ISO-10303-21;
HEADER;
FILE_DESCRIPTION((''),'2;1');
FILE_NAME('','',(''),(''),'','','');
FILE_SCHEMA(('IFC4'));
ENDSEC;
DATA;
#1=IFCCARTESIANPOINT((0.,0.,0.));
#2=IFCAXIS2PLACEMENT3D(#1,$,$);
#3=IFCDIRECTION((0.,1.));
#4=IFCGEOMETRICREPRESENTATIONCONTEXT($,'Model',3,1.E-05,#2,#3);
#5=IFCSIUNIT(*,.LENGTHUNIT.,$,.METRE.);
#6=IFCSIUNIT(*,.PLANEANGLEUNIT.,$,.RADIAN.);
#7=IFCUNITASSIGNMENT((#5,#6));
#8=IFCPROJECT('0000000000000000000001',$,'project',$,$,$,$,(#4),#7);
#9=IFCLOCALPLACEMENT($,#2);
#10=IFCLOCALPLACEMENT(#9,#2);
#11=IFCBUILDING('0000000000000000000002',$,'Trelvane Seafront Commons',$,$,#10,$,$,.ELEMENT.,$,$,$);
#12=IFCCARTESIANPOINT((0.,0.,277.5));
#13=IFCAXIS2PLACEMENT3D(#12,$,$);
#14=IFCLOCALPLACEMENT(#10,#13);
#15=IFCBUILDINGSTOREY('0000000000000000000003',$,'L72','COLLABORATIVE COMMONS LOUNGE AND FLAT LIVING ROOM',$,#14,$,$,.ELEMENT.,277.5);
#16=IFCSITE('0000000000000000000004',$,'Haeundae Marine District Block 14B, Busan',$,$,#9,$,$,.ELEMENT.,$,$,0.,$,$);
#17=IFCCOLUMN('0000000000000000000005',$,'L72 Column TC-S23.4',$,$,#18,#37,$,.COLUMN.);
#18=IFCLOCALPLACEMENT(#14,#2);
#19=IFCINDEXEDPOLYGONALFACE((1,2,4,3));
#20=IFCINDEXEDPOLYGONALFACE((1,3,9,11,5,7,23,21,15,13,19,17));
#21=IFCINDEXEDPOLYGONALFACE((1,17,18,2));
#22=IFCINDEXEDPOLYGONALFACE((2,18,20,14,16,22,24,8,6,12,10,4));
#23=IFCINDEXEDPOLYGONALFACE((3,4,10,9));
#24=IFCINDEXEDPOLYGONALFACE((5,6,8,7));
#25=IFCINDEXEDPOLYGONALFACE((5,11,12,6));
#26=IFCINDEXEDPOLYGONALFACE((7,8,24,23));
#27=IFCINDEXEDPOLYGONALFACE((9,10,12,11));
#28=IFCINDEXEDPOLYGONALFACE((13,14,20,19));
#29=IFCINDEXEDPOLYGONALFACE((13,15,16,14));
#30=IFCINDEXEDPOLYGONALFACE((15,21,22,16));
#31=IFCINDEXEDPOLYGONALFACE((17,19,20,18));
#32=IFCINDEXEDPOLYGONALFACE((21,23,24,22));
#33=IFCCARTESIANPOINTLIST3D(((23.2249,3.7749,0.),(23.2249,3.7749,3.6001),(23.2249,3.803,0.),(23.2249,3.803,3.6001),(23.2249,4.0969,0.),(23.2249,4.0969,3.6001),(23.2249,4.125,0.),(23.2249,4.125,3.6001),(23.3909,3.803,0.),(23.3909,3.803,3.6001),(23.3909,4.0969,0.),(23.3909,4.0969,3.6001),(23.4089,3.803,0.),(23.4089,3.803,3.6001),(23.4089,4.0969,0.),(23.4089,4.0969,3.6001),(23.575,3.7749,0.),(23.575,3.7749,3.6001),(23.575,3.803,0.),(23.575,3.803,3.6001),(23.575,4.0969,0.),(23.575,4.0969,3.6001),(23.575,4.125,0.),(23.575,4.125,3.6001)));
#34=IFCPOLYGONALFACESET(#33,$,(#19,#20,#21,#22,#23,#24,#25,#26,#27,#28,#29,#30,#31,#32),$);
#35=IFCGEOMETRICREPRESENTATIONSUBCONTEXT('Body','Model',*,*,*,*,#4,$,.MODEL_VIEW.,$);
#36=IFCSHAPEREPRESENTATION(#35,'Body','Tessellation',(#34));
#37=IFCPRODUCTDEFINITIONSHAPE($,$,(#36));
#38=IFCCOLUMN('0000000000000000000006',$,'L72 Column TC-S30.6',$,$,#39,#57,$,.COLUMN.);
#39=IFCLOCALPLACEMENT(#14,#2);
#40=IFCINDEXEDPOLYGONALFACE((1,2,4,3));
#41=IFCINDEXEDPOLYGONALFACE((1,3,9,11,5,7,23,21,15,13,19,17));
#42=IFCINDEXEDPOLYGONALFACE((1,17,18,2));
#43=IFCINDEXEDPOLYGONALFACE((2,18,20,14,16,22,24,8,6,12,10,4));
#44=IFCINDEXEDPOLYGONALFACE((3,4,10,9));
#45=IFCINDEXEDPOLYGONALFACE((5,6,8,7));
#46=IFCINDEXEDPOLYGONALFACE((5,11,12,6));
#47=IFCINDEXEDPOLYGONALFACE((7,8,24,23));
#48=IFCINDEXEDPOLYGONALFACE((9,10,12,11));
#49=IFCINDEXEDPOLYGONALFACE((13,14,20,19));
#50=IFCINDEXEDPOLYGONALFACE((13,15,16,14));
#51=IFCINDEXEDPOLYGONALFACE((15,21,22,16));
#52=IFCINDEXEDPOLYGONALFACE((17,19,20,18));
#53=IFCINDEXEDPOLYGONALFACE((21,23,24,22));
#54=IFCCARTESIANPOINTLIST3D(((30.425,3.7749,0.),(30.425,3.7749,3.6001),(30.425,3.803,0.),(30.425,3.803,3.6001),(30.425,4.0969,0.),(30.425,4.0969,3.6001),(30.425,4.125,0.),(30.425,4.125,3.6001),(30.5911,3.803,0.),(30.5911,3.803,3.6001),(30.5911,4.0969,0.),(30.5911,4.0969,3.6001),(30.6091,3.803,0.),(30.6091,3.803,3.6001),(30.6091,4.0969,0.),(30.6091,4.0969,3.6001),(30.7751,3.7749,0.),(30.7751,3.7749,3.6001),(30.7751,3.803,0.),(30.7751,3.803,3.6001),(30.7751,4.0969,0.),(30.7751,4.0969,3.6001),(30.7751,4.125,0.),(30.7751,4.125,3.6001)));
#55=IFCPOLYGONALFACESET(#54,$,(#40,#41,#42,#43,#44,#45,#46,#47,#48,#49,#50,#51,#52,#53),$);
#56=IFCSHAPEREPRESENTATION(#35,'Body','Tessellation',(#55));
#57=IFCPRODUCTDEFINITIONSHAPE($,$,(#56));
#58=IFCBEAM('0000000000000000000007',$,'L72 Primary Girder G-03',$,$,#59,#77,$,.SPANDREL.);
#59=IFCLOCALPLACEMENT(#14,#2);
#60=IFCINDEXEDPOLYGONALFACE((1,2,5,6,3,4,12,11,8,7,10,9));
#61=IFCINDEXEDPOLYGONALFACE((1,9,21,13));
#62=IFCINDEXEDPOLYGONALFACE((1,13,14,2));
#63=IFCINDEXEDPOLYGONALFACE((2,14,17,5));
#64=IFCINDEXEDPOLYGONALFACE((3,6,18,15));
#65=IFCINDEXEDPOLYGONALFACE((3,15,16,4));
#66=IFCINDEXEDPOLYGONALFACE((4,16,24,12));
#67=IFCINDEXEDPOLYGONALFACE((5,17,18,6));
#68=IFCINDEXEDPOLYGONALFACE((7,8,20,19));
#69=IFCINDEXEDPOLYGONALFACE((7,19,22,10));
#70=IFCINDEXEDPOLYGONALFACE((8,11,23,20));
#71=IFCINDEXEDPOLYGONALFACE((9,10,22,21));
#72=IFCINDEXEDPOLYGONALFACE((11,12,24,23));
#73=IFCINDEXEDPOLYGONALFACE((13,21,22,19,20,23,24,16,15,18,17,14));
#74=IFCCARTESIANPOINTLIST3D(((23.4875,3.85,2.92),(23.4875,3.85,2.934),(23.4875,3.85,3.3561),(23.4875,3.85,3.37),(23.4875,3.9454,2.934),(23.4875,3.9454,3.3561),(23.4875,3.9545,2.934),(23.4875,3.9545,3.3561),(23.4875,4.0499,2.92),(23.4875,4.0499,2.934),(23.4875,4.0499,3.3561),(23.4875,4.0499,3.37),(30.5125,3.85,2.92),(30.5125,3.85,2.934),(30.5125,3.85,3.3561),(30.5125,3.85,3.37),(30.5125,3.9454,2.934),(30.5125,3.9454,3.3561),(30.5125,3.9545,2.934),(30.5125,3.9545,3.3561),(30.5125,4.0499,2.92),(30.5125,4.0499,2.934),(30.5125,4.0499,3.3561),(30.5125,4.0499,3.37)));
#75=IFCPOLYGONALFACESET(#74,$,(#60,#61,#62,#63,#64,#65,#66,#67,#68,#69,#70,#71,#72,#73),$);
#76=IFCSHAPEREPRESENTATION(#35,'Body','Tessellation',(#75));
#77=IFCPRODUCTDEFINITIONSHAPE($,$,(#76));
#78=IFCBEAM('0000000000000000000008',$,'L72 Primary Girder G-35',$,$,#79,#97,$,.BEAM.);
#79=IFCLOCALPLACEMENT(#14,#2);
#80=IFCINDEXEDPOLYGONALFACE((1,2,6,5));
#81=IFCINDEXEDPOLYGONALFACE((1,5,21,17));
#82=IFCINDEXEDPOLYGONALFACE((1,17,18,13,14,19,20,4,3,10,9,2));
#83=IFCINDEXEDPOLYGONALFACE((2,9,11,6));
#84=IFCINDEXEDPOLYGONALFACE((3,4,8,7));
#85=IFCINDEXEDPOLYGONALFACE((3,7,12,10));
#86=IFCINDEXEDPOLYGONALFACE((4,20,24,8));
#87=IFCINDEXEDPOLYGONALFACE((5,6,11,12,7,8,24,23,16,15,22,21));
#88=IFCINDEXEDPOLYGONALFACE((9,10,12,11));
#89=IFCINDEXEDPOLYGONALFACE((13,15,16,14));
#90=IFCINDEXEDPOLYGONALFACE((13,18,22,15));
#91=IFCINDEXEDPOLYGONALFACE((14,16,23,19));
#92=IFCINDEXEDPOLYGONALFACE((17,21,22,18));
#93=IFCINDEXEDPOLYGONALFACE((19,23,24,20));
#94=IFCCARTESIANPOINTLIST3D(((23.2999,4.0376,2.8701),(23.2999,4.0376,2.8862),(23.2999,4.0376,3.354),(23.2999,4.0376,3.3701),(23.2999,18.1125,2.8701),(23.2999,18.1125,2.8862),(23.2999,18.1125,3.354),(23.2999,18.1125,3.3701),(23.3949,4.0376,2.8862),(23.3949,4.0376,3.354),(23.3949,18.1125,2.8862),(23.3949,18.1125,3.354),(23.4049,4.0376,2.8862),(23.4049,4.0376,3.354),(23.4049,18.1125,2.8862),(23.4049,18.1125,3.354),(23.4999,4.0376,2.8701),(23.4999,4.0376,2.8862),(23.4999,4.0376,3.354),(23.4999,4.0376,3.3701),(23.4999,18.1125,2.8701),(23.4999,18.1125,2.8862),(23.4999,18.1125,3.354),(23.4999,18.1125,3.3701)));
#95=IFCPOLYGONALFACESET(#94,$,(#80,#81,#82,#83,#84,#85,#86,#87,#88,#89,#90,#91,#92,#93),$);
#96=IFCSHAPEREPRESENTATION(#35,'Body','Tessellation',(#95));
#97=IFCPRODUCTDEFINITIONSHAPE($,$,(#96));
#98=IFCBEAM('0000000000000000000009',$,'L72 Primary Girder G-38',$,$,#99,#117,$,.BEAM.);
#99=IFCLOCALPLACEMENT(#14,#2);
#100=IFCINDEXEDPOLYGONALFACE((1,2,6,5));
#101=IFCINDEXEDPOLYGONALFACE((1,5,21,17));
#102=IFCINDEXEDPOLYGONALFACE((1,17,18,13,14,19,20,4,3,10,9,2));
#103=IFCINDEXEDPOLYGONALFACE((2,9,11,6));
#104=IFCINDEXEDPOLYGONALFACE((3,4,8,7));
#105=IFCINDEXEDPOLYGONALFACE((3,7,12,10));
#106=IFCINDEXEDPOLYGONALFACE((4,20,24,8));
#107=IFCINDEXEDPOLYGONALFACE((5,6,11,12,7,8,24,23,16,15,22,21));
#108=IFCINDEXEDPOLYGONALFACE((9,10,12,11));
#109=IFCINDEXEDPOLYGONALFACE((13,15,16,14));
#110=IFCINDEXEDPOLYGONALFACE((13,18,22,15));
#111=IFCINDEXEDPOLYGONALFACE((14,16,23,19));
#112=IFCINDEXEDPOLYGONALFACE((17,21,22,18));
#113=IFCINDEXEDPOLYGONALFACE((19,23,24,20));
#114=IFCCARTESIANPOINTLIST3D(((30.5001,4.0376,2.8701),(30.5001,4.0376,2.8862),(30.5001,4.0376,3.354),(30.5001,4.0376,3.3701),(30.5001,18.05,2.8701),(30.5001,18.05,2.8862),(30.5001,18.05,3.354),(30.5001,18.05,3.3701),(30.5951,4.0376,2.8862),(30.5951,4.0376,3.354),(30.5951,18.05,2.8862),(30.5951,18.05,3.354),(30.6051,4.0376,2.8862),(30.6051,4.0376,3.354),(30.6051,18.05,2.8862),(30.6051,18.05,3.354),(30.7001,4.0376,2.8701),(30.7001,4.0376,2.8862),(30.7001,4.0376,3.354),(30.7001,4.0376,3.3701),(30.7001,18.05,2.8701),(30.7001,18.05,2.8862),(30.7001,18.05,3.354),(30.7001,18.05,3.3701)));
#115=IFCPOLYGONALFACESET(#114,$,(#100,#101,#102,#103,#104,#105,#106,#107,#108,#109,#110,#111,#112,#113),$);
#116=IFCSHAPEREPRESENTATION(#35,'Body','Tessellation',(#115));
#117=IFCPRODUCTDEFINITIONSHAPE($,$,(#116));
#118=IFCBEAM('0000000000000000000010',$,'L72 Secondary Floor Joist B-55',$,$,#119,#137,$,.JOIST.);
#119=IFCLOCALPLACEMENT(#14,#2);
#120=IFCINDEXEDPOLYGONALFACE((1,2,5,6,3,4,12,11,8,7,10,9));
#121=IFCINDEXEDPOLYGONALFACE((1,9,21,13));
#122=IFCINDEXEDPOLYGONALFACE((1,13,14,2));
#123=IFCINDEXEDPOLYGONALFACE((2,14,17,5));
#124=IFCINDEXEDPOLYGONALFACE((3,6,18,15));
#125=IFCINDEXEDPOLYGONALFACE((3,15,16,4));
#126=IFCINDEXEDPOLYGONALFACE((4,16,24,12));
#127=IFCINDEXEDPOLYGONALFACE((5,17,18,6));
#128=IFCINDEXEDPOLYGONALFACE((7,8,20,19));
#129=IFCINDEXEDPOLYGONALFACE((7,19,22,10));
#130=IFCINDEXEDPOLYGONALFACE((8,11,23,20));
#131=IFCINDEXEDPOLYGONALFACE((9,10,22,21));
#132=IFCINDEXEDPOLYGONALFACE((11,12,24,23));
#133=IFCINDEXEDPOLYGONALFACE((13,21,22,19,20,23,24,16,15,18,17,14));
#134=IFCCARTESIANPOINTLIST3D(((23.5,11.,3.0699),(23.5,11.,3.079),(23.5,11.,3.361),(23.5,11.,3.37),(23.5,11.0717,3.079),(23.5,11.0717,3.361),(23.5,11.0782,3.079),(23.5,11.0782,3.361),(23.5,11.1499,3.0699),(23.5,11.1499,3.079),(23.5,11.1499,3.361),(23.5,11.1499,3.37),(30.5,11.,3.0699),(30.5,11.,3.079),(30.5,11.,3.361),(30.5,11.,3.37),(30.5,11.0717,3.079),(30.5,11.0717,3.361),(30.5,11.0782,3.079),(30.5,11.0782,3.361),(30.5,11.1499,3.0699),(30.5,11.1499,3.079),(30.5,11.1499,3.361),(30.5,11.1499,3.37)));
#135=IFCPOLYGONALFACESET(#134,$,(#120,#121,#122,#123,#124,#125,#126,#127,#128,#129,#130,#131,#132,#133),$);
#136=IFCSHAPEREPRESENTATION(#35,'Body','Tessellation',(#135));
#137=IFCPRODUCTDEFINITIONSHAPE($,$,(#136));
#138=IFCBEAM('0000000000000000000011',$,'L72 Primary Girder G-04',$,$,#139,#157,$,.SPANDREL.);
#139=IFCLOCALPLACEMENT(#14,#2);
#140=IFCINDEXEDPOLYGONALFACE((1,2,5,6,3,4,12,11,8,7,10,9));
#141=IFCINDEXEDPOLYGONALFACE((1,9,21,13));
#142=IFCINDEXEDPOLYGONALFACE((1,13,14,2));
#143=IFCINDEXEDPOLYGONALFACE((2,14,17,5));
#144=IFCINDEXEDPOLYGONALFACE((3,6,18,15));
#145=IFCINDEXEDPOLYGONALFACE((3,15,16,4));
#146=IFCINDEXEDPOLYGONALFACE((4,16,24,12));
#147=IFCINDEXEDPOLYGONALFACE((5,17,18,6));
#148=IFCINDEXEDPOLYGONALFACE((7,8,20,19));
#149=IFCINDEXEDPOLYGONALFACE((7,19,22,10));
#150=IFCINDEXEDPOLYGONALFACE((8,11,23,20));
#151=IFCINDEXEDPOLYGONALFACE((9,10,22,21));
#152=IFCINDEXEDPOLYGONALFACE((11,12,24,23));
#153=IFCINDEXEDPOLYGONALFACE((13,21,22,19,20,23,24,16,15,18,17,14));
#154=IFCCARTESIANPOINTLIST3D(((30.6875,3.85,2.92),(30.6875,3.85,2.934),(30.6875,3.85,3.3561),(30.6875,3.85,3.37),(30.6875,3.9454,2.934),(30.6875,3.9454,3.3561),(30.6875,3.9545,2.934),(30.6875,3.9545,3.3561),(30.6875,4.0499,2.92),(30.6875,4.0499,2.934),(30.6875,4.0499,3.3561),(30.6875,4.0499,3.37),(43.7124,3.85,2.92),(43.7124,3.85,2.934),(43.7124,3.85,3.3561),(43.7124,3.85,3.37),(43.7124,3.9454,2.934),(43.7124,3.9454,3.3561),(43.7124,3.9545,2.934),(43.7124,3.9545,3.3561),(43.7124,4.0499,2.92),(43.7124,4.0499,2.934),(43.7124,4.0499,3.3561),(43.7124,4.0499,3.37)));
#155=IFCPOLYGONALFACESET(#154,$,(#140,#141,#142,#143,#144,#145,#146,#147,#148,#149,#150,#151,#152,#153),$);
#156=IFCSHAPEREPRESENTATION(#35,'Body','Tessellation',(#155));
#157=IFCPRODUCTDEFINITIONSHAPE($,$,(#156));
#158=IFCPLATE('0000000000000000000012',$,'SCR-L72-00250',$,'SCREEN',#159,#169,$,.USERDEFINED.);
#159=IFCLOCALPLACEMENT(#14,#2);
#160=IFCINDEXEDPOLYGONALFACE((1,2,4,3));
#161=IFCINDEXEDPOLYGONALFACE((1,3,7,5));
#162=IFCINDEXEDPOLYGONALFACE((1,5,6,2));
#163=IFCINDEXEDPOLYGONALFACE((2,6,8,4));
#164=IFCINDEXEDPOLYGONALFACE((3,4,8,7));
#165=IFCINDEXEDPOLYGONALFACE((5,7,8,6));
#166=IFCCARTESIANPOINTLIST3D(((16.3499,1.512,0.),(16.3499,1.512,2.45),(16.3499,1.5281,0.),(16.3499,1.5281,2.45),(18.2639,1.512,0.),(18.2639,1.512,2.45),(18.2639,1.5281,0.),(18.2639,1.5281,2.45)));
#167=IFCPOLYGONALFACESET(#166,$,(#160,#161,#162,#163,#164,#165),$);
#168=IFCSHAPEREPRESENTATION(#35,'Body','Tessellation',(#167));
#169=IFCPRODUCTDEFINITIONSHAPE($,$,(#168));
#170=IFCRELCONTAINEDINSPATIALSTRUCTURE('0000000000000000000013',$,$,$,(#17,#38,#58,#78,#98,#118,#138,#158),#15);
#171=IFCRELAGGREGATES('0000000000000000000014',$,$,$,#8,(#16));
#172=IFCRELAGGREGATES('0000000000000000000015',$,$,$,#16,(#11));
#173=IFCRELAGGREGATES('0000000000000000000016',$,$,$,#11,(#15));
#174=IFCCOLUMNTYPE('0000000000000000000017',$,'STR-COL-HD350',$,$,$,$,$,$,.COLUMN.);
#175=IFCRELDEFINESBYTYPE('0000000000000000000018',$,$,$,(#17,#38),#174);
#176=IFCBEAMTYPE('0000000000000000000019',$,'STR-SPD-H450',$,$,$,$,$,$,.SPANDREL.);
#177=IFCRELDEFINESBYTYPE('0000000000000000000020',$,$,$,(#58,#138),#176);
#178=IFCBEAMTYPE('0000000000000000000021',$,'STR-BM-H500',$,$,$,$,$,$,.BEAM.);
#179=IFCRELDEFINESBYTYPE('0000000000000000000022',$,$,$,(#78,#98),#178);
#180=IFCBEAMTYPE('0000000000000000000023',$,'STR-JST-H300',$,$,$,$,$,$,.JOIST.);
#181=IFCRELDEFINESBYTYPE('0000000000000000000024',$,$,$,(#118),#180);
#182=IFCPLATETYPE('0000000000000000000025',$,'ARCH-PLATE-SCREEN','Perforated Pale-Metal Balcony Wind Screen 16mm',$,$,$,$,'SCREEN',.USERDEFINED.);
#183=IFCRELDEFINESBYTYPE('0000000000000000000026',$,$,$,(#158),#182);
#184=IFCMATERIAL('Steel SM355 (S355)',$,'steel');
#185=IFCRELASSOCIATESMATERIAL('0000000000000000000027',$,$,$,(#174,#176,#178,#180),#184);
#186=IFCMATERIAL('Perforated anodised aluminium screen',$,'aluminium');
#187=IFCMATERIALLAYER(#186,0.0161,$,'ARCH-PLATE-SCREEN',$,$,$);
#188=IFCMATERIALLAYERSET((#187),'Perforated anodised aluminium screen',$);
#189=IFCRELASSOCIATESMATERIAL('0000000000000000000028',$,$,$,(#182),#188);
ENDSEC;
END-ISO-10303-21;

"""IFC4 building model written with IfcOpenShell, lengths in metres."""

from ifc_helpers import new_model, si_unit, direction, frame, origin, origin_2d, place, context, subcontext, project, spatial, rectangle, i_section, extrude, source, transform, mapped, material, layer, layer_set, material_profile, profile_set, type_object, element, save


model = new_model("IFC4")

# Units and contexts
model_context = context("Model", 3, precision=1e-05, world=origin(), true_north=direction((0.0, 1.0)))
body_context = subcontext(model_context, "Body", "Model", "MODEL_VIEW")
ifc_project = project(units=[si_unit("LENGTHUNIT", "METRE"), si_unit("PLANEANGLEUNIT", "RADIAN")], contexts=[model_context])

# Site, building, storey
site_placement = place(None, origin())
site = spatial("IfcSite", under=ifc_project, at=site_placement, Name="Haeundae Marine District Block 14B, Busan", CompositionType="ELEMENT", RefElevation=0.0)
building_placement = place(site_placement, origin())
building = spatial("IfcBuilding", under=site, at=building_placement, Name="Trelvane Seafront Commons", CompositionType="ELEMENT")
storey_placement = place(building_placement, frame((0.0, 0.0, 277.5)))
storey = spatial("IfcBuildingStorey", under=building, at=storey_placement, Name="L72", Description="COLLABORATIVE COMMONS LOUNGE AND FLAT LIVING ROOM", CompositionType="ELEMENT", Elevation=277.5)

# Columns
ifc_material_1 = material(Name="Steel SM355 (S355)", Category="steel")
ifc_material_profile_1 = material_profile(ifc_material_1, i_section(OverallWidth=0.3501, OverallDepth=0.3501, WebThickness=0.0181, FlangeThickness=0.0281, at=origin_2d()), Name="HD-350x350x18x28")
ifc_profile_set_1 = profile_set([ifc_material_profile_1], Name="Steel SM355 (S355)")
column_type = type_object("IfcColumnType", Name="STR-COL-HD350", PredefinedType="COLUMN", material=ifc_profile_set_1)
shared_shape_1 = source(origin(), body_context, "Body", "SweptSolid", [
    extrude(i_section(OverallWidth=0.3501, OverallDepth=0.3501, WebThickness=0.0181, FlangeThickness=0.0281, at=origin_2d()), origin(), (0.0, 0.0, 1.0), 3.6001),
])
for number, where, z_axis, x_axis, name in (
    (1, (23.3999, 3.95, 0.0), (0.0, 0.0, 1.0), (1.0, 0.0, 0.0), "L72 Column TC-S23.4"),
    (2, (30.6001, 3.95, 0.0), (0.0, 0.0, 1.0), (1.0, 0.0, 0.0), "L72 Column TC-S30.6"),
):
    element("IfcColumn", number, at=place(storey_placement, frame(where, z_axis=z_axis, x_axis=x_axis)), inside=storey, type_object=column_type, Name=name, PredefinedType="COLUMN", context=body_context, shape_type="MappedRepresentation", body=[
        mapped(shared_shape_1, transform((0.0, 0.0, 0.0), x_axis=(1.0, 0.0, 0.0), y_axis=(0.0, 1.0, 0.0), z_axis=(0.0, 0.0, 1.0), scale=1.0)),
    ])

# Beams
ifc_material_profile_2 = material_profile(ifc_material_1, i_section(OverallWidth=0.2, OverallDepth=0.45, WebThickness=0.009, FlangeThickness=0.0139, at=origin_2d()), Name="H-450x200x9x14")
ifc_profile_set_2 = profile_set([ifc_material_profile_2], Name="Steel SM355 (S355)")
beam_type_1 = type_object("IfcBeamType", Name="STR-SPD-H450", PredefinedType="SPANDREL", material=ifc_profile_set_2)
shared_shape_2 = source(origin(), body_context, "Body", "SweptSolid", [
    extrude(i_section(OverallWidth=0.2, OverallDepth=0.45, WebThickness=0.009, FlangeThickness=0.0139, at=origin_2d()), origin(), (0.0, 0.0, 1.0), 7.0249),
])
beam_1_placement = place(storey_placement, frame((23.4875, 3.95, 3.145), z_axis=(1.0, 0.0, 0.0), x_axis=(0.0, 1.0, 0.0)))
element("IfcBeam", 3, at=beam_1_placement, inside=storey, type_object=beam_type_1, Name="L72 Primary Girder G-03", PredefinedType="SPANDREL", context=body_context, shape_type="MappedRepresentation", body=[
    mapped(shared_shape_2, transform((0.0, 0.0, 0.0), x_axis=(1.0, 0.0, 0.0), y_axis=(0.0, 1.0, 0.0), z_axis=(0.0, 0.0, 1.0), scale=1.0)),
])
ifc_material_profile_3 = material_profile(ifc_material_1, i_section(OverallWidth=0.2, OverallDepth=0.5, WebThickness=0.01, FlangeThickness=0.0161, at=origin_2d()), Name="H-500x200x10x16")
ifc_profile_set_3 = profile_set([ifc_material_profile_3], Name="Steel SM355 (S355)")
beam_type_2 = type_object("IfcBeamType", Name="STR-BM-H500", PredefinedType="BEAM", material=ifc_profile_set_3)
shared_shape_3 = source(origin(), body_context, "Body", "SweptSolid", [
    extrude(i_section(OverallWidth=0.2, OverallDepth=0.5, WebThickness=0.01, FlangeThickness=0.0161, at=origin_2d()), origin(), (0.0, 0.0, 1.0), 14.075),
])
beam_2_placement = place(storey_placement, frame((23.3999, 4.0376, 3.1201), z_axis=(0.0, 1.0, 0.0), x_axis=(-1.0, 0.0, 0.0)))
element("IfcBeam", 4, at=beam_2_placement, inside=storey, type_object=beam_type_2, Name="L72 Primary Girder G-35", PredefinedType="BEAM", context=body_context, shape_type="MappedRepresentation", body=[
    mapped(shared_shape_3, transform((0.0, 0.0, 0.0), x_axis=(1.0, 0.0, 0.0), y_axis=(0.0, 1.0, 0.0), z_axis=(0.0, 0.0, 1.0), scale=1.0)),
])
shared_shape_4 = source(origin(), body_context, "Body", "SweptSolid", [
    extrude(i_section(OverallWidth=0.2, OverallDepth=0.5, WebThickness=0.01, FlangeThickness=0.0161, at=origin_2d()), origin(), (0.0, 0.0, 1.0), 14.0125),
])
beam_3_placement = place(storey_placement, frame((30.6001, 4.0376, 3.1201), z_axis=(0.0, 1.0, 0.0), x_axis=(-1.0, 0.0, 0.0)))
element("IfcBeam", 5, at=beam_3_placement, inside=storey, type_object=beam_type_2, Name="L72 Primary Girder G-38", PredefinedType="BEAM", context=body_context, shape_type="MappedRepresentation", body=[
    mapped(shared_shape_4, transform((0.0, 0.0, 0.0), x_axis=(1.0, 0.0, 0.0), y_axis=(0.0, 1.0, 0.0), z_axis=(0.0, 0.0, 1.0), scale=1.0)),
])
ifc_material_profile_4 = material_profile(ifc_material_1, i_section(OverallWidth=0.1499, OverallDepth=0.3, WebThickness=0.0066, FlangeThickness=0.009, at=origin_2d()), Name="H-300x150x6.5x9")
ifc_profile_set_4 = profile_set([ifc_material_profile_4], Name="Steel SM355 (S355)")
beam_type_3 = type_object("IfcBeamType", Name="STR-JST-H300", PredefinedType="JOIST", material=ifc_profile_set_4)
shared_shape_5 = source(origin(), body_context, "Body", "SweptSolid", [
    extrude(i_section(OverallWidth=0.1499, OverallDepth=0.3, WebThickness=0.0066, FlangeThickness=0.009, at=origin_2d()), origin(), (0.0, 0.0, 1.0), 7.0),
])
beam_4_placement = place(storey_placement, frame((23.5, 11.075, 3.22), z_axis=(1.0, 0.0, 0.0), x_axis=(0.0, 1.0, 0.0)))
element("IfcBeam", 6, at=beam_4_placement, inside=storey, type_object=beam_type_3, Name="L72 Secondary Floor Joist B-55", PredefinedType="JOIST", context=body_context, shape_type="MappedRepresentation", body=[
    mapped(shared_shape_5, transform((0.0, 0.0, 0.0), x_axis=(1.0, 0.0, 0.0), y_axis=(0.0, 1.0, 0.0), z_axis=(0.0, 0.0, 1.0), scale=1.0)),
])
shared_shape_6 = source(origin(), body_context, "Body", "SweptSolid", [
    extrude(i_section(OverallWidth=0.2, OverallDepth=0.45, WebThickness=0.009, FlangeThickness=0.0139, at=origin_2d()), origin(), (0.0, 0.0, 1.0), 13.0249),
])
beam_5_placement = place(storey_placement, frame((30.6875, 3.95, 3.145), z_axis=(1.0, 0.0, 0.0), x_axis=(0.0, 1.0, 0.0)))
element("IfcBeam", 7, at=beam_5_placement, inside=storey, type_object=beam_type_1, Name="L72 Primary Girder G-04", PredefinedType="SPANDREL", context=body_context, shape_type="MappedRepresentation", body=[
    mapped(shared_shape_6, transform((0.0, 0.0, 0.0), x_axis=(1.0, 0.0, 0.0), y_axis=(0.0, 1.0, 0.0), z_axis=(0.0, 0.0, 1.0), scale=1.0)),
])

# Plate
ifc_material_2 = material(Name="Perforated anodised aluminium screen", Category="aluminium")
ifc_layer_1 = layer(ifc_material_2, 0.0161, Name="ARCH-PLATE-SCREEN")
ifc_layer_set_1 = layer_set([ifc_layer_1], Name="Perforated anodised aluminium screen")
plate_type_1 = type_object("IfcPlateType", Name="ARCH-PLATE-SCREEN", Description="Perforated Pale-Metal Balcony Wind Screen 16mm", ElementType="SCREEN", PredefinedType="USERDEFINED", material=ifc_layer_set_1)
shared_shape_7 = source(origin(), body_context, "Body", "SweptSolid", [
    extrude(rectangle(XDim=1.9141, YDim=0.0161, at=origin_2d()), origin(), (0.0, 0.0, 1.0), 2.45),
])
plate_placement = place(storey_placement, frame((17.3069, 1.52, 0.0), z_axis=(0.0, 0.0, 1.0), x_axis=(1.0, 0.0, 0.0)))
element("IfcPlate", 8, at=plate_placement, inside=storey, type_object=plate_type_1, Name="SCR-L72-00250", ObjectType="SCREEN", PredefinedType="USERDEFINED", context=body_context, shape_type="MappedRepresentation", body=[
    mapped(shared_shape_7, transform((0.0, 0.0, 0.0), x_axis=(1.0, 0.0, 0.0), y_axis=(0.0, 1.0, 0.0), z_axis=(0.0, 0.0, 1.0), scale=1.0)),
])

save(model, "model.ifc")
